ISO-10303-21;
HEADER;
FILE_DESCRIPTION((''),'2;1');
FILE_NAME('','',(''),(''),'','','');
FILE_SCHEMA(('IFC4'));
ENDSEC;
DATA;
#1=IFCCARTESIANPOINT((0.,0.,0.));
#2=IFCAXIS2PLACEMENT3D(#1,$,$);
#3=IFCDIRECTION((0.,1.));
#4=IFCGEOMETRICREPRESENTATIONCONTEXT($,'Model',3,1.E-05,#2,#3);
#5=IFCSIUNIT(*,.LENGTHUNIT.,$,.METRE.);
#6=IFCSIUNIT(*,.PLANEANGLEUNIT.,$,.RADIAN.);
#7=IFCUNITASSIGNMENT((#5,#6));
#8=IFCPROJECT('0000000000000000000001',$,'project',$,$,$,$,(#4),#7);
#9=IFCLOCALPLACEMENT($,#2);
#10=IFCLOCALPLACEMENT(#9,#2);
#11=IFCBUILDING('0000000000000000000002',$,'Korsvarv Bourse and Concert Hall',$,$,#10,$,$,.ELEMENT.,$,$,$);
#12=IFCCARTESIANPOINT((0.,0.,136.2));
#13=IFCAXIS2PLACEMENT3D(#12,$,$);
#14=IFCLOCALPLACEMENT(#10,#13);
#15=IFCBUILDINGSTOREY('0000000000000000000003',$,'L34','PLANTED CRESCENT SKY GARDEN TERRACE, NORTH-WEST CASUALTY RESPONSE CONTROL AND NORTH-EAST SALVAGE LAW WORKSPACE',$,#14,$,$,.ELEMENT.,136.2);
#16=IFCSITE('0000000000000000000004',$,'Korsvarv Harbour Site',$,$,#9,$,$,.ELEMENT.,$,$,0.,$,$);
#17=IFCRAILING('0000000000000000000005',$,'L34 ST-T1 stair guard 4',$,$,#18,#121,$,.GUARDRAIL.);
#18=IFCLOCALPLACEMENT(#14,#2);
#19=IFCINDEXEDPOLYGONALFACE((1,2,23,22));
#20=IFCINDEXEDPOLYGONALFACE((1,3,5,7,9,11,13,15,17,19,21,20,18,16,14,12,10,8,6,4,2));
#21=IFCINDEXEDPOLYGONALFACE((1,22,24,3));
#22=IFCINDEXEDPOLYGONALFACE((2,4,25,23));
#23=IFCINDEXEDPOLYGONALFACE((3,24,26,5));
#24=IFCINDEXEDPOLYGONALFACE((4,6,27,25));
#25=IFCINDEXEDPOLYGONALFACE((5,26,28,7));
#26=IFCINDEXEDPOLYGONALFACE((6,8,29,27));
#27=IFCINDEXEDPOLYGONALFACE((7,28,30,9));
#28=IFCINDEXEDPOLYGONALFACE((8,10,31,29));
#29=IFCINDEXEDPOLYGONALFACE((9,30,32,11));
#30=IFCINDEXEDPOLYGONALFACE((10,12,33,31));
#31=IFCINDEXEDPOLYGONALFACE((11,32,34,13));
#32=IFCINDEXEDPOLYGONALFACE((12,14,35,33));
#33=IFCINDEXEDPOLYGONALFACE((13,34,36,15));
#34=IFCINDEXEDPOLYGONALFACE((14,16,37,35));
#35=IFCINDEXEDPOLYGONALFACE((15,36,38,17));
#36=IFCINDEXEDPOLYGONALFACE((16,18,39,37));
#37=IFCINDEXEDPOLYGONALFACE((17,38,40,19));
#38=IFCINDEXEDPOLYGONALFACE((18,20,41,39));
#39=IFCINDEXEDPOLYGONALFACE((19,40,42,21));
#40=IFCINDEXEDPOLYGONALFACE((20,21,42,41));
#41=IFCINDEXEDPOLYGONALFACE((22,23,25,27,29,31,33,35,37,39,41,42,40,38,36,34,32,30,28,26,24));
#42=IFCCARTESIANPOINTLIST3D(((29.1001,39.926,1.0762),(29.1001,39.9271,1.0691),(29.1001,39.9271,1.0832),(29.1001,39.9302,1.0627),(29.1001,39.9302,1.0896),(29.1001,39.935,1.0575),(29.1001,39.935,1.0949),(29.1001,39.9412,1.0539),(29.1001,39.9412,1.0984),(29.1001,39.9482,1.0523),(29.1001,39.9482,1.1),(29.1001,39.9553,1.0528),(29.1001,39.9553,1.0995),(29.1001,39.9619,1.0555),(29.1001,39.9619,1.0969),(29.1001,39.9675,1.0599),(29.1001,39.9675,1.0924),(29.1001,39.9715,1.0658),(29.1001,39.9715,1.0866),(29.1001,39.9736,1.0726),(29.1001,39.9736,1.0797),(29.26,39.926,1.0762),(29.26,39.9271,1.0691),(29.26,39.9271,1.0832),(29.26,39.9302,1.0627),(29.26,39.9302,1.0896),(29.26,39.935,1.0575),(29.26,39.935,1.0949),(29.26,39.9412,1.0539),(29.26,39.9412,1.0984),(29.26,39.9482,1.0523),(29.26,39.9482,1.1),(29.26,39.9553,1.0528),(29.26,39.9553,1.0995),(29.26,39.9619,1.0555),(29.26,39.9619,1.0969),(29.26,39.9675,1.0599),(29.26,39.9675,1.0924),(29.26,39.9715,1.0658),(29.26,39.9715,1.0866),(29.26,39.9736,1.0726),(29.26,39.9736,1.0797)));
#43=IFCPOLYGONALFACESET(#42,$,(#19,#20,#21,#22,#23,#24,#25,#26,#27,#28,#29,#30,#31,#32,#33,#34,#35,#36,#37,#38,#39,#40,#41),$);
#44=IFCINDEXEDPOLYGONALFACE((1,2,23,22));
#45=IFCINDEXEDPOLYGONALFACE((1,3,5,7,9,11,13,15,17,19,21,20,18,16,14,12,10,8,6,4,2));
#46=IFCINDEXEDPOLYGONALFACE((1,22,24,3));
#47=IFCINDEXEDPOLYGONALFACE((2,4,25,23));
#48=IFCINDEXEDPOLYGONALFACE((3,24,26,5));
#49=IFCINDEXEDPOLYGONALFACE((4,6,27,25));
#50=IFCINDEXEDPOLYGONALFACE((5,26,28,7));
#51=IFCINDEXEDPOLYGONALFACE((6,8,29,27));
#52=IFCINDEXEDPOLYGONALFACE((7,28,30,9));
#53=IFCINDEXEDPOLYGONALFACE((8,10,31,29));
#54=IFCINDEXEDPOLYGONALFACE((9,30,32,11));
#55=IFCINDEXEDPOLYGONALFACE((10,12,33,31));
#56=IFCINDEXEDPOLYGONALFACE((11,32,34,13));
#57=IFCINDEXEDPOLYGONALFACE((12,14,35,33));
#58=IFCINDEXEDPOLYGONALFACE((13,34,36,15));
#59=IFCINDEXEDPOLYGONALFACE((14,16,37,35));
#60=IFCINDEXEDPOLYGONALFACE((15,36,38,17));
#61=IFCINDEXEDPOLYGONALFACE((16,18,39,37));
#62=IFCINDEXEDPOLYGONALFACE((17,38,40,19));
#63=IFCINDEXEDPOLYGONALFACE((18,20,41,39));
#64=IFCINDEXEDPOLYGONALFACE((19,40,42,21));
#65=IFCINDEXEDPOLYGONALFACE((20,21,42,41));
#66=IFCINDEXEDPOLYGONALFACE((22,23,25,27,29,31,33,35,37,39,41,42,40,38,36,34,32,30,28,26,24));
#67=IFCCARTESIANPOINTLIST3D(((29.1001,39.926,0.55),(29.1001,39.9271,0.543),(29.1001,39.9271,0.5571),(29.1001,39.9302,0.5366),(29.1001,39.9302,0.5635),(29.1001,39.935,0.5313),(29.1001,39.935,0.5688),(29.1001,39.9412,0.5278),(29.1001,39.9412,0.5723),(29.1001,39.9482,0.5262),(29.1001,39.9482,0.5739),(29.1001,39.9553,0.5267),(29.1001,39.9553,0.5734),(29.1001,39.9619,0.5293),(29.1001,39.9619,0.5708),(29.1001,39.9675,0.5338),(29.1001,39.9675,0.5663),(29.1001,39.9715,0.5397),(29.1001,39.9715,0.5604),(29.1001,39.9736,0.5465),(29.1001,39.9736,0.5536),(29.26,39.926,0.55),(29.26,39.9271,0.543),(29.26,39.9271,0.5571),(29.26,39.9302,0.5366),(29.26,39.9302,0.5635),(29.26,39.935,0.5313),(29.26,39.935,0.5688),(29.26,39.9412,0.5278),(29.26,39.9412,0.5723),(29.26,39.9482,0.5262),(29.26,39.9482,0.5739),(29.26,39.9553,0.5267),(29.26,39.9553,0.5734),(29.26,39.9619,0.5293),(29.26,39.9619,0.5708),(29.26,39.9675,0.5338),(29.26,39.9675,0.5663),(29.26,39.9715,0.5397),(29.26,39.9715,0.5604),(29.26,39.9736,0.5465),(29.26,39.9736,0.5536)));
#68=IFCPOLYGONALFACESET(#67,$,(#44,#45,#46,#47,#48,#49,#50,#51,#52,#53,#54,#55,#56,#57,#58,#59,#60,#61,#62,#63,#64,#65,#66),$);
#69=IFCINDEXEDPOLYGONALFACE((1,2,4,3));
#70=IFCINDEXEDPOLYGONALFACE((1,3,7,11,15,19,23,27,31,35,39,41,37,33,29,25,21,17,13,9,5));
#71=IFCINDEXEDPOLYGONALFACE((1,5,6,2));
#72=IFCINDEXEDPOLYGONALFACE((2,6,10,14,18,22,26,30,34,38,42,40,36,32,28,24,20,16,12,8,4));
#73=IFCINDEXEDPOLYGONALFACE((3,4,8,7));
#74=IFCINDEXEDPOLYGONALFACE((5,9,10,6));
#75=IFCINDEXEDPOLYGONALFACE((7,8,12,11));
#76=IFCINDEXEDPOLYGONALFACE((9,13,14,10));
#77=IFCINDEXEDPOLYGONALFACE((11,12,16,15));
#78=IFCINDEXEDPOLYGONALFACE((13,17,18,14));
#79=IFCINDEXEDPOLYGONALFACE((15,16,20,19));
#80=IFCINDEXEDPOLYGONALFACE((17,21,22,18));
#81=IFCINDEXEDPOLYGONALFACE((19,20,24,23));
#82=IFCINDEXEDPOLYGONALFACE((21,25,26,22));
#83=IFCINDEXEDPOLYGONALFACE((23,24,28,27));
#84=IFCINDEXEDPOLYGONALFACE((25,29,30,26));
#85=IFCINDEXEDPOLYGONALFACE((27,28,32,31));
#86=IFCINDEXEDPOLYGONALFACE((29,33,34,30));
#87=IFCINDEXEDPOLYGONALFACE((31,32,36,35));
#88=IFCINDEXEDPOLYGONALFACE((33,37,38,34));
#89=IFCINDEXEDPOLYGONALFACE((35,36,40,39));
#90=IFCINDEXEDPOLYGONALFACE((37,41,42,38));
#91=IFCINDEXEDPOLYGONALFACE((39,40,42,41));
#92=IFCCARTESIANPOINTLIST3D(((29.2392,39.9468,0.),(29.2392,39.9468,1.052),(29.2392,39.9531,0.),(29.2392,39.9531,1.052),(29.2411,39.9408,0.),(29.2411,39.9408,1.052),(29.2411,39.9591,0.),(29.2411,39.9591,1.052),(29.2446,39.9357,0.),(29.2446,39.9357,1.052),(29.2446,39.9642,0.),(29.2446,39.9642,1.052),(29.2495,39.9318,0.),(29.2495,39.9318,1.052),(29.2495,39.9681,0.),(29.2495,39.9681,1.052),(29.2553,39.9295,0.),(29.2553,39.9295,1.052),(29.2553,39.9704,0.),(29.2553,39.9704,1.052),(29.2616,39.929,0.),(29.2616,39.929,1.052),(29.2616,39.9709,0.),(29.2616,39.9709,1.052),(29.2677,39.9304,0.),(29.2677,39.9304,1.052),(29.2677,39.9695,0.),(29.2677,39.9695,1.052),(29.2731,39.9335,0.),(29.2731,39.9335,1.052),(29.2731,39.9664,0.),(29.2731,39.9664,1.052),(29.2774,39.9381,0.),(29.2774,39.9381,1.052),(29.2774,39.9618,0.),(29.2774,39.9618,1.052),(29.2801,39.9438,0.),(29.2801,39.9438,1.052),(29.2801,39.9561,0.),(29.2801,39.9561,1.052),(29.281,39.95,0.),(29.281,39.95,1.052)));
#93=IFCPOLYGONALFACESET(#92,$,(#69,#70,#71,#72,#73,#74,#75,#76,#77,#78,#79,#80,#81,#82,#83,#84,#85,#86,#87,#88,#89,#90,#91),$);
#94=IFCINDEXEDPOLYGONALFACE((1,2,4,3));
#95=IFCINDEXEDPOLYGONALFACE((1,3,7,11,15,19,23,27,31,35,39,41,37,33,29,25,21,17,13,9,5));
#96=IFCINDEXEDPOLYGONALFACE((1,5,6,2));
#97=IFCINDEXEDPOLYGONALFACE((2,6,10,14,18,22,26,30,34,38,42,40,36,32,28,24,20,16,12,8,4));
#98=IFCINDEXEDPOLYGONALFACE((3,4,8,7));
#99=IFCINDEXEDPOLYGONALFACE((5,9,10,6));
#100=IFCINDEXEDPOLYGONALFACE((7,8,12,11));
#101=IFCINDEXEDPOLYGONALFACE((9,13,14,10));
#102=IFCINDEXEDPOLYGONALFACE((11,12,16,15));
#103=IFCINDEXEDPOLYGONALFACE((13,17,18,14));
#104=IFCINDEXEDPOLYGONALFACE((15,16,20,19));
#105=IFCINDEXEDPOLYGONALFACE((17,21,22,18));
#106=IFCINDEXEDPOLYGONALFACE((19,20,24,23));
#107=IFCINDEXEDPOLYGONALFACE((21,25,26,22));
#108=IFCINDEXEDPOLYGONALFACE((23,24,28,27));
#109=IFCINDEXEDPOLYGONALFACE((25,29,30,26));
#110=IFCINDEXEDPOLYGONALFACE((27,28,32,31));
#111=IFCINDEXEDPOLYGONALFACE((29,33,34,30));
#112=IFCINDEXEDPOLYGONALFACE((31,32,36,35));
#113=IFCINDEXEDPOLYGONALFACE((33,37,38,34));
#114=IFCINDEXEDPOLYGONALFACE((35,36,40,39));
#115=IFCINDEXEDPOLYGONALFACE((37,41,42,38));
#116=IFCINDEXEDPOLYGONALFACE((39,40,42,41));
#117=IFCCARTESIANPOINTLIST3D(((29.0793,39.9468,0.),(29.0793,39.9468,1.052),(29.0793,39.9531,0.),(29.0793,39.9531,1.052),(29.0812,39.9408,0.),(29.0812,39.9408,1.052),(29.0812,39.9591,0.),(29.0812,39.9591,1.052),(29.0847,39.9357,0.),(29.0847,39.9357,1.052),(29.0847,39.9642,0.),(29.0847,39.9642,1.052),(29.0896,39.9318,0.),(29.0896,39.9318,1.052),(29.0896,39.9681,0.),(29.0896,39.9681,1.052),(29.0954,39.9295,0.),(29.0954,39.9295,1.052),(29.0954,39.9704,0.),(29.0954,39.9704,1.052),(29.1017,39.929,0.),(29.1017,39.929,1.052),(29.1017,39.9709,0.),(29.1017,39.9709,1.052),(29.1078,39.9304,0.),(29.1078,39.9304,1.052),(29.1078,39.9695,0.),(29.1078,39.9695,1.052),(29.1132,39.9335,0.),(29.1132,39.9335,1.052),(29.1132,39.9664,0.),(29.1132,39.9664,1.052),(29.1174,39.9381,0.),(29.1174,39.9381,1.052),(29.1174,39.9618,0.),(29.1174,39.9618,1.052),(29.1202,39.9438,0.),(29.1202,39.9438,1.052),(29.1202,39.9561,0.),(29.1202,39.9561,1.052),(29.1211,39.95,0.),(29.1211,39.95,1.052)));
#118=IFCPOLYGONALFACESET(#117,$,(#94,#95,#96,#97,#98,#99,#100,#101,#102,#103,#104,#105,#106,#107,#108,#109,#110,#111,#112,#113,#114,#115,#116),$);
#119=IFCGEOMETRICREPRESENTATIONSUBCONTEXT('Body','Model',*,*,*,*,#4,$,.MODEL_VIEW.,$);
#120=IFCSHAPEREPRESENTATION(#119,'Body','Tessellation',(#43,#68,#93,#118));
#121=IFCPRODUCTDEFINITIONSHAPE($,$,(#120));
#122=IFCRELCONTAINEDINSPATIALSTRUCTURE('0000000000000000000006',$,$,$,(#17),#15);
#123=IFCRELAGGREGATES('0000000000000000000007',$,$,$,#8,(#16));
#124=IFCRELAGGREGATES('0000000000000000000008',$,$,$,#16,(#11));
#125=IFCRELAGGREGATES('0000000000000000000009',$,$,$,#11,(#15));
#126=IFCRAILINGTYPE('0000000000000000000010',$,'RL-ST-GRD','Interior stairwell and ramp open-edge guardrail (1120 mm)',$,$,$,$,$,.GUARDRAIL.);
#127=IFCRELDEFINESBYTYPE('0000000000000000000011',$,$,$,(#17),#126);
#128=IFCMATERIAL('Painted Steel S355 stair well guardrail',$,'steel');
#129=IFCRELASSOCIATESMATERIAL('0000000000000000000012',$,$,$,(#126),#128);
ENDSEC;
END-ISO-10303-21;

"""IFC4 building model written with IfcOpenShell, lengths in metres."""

from ifc_helpers import new_model, si_unit, direction, frame, origin, origin_2d, place, context, subcontext, project, spatial, circle, extrude, material, type_object, element, save


model = new_model("IFC4")

# Units and contexts
model_context = context("Model", 3, precision=1e-05, world=origin(), true_north=direction((0.0, 1.0)))
body_context = subcontext(model_context, "Body", "Model", "MODEL_VIEW")
ifc_project = project(units=[si_unit("LENGTHUNIT", "METRE"), si_unit("PLANEANGLEUNIT", "RADIAN")], contexts=[model_context])

# Site, building, storey
site_placement = place(None, origin())
site = spatial("IfcSite", under=ifc_project, at=site_placement, Name="Korsvarv Harbour Site", CompositionType="ELEMENT", RefElevation=0.0)
building_placement = place(site_placement, origin())
building = spatial("IfcBuilding", under=site, at=building_placement, Name="Korsvarv Bourse and Concert Hall", CompositionType="ELEMENT")
storey_placement = place(building_placement, frame((0.0, 0.0, 136.2)))
storey = spatial("IfcBuildingStorey", under=building, at=storey_placement, Name="L34", Description="PLANTED CRESCENT SKY GARDEN TERRACE, NORTH-WEST CASUALTY RESPONSE CONTROL AND NORTH-EAST SALVAGE LAW WORKSPACE", CompositionType="ELEMENT", Elevation=136.2)

# Railing
ifc_material_1 = material(Name="Painted Steel S355 stair well guardrail", Category="steel")
railing_type_1 = type_object("IfcRailingType", Name="RL-ST-GRD", Description="Interior stairwell and ramp open-edge guardrail (1120 mm)", PredefinedType="GUARDRAIL", material=ifc_material_1)
railing_1_placement = place(storey_placement, frame((29.26, 39.95, 0.0)))
element("IfcRailing", 1, at=railing_1_placement, inside=storey, type_object=railing_type_1, Name="L34 ST-T1 stair guard 4", PredefinedType="GUARDRAIL", context=body_context, shape_type="SweptSolid", body=[
    extrude(circle(Radius=0.0239, at=origin_2d()), frame((0.0, 0.0, 1.0762), z_axis=(-1.0, 0.0, 0.0), x_axis=(0.0, -1.0, 0.0)), (0.0, 0.0, 1.0), 0.1599),
    extrude(circle(Radius=0.0239, at=origin_2d()), frame((0.0, 0.0, 0.55), z_axis=(-1.0, 0.0, 0.0), x_axis=(0.0, -1.0, 0.0)), (0.0, 0.0, 1.0), 0.1599),
    extrude(circle(Radius=0.021, at=origin_2d()), origin(), (0.0, 0.0, 1.0), 1.052),
    extrude(circle(Radius=0.021, at=origin_2d()), frame((-0.1599, 0.0, 0.0)), (0.0, 0.0, 1.0), 1.052),
])

save(model, "model.ifc")
